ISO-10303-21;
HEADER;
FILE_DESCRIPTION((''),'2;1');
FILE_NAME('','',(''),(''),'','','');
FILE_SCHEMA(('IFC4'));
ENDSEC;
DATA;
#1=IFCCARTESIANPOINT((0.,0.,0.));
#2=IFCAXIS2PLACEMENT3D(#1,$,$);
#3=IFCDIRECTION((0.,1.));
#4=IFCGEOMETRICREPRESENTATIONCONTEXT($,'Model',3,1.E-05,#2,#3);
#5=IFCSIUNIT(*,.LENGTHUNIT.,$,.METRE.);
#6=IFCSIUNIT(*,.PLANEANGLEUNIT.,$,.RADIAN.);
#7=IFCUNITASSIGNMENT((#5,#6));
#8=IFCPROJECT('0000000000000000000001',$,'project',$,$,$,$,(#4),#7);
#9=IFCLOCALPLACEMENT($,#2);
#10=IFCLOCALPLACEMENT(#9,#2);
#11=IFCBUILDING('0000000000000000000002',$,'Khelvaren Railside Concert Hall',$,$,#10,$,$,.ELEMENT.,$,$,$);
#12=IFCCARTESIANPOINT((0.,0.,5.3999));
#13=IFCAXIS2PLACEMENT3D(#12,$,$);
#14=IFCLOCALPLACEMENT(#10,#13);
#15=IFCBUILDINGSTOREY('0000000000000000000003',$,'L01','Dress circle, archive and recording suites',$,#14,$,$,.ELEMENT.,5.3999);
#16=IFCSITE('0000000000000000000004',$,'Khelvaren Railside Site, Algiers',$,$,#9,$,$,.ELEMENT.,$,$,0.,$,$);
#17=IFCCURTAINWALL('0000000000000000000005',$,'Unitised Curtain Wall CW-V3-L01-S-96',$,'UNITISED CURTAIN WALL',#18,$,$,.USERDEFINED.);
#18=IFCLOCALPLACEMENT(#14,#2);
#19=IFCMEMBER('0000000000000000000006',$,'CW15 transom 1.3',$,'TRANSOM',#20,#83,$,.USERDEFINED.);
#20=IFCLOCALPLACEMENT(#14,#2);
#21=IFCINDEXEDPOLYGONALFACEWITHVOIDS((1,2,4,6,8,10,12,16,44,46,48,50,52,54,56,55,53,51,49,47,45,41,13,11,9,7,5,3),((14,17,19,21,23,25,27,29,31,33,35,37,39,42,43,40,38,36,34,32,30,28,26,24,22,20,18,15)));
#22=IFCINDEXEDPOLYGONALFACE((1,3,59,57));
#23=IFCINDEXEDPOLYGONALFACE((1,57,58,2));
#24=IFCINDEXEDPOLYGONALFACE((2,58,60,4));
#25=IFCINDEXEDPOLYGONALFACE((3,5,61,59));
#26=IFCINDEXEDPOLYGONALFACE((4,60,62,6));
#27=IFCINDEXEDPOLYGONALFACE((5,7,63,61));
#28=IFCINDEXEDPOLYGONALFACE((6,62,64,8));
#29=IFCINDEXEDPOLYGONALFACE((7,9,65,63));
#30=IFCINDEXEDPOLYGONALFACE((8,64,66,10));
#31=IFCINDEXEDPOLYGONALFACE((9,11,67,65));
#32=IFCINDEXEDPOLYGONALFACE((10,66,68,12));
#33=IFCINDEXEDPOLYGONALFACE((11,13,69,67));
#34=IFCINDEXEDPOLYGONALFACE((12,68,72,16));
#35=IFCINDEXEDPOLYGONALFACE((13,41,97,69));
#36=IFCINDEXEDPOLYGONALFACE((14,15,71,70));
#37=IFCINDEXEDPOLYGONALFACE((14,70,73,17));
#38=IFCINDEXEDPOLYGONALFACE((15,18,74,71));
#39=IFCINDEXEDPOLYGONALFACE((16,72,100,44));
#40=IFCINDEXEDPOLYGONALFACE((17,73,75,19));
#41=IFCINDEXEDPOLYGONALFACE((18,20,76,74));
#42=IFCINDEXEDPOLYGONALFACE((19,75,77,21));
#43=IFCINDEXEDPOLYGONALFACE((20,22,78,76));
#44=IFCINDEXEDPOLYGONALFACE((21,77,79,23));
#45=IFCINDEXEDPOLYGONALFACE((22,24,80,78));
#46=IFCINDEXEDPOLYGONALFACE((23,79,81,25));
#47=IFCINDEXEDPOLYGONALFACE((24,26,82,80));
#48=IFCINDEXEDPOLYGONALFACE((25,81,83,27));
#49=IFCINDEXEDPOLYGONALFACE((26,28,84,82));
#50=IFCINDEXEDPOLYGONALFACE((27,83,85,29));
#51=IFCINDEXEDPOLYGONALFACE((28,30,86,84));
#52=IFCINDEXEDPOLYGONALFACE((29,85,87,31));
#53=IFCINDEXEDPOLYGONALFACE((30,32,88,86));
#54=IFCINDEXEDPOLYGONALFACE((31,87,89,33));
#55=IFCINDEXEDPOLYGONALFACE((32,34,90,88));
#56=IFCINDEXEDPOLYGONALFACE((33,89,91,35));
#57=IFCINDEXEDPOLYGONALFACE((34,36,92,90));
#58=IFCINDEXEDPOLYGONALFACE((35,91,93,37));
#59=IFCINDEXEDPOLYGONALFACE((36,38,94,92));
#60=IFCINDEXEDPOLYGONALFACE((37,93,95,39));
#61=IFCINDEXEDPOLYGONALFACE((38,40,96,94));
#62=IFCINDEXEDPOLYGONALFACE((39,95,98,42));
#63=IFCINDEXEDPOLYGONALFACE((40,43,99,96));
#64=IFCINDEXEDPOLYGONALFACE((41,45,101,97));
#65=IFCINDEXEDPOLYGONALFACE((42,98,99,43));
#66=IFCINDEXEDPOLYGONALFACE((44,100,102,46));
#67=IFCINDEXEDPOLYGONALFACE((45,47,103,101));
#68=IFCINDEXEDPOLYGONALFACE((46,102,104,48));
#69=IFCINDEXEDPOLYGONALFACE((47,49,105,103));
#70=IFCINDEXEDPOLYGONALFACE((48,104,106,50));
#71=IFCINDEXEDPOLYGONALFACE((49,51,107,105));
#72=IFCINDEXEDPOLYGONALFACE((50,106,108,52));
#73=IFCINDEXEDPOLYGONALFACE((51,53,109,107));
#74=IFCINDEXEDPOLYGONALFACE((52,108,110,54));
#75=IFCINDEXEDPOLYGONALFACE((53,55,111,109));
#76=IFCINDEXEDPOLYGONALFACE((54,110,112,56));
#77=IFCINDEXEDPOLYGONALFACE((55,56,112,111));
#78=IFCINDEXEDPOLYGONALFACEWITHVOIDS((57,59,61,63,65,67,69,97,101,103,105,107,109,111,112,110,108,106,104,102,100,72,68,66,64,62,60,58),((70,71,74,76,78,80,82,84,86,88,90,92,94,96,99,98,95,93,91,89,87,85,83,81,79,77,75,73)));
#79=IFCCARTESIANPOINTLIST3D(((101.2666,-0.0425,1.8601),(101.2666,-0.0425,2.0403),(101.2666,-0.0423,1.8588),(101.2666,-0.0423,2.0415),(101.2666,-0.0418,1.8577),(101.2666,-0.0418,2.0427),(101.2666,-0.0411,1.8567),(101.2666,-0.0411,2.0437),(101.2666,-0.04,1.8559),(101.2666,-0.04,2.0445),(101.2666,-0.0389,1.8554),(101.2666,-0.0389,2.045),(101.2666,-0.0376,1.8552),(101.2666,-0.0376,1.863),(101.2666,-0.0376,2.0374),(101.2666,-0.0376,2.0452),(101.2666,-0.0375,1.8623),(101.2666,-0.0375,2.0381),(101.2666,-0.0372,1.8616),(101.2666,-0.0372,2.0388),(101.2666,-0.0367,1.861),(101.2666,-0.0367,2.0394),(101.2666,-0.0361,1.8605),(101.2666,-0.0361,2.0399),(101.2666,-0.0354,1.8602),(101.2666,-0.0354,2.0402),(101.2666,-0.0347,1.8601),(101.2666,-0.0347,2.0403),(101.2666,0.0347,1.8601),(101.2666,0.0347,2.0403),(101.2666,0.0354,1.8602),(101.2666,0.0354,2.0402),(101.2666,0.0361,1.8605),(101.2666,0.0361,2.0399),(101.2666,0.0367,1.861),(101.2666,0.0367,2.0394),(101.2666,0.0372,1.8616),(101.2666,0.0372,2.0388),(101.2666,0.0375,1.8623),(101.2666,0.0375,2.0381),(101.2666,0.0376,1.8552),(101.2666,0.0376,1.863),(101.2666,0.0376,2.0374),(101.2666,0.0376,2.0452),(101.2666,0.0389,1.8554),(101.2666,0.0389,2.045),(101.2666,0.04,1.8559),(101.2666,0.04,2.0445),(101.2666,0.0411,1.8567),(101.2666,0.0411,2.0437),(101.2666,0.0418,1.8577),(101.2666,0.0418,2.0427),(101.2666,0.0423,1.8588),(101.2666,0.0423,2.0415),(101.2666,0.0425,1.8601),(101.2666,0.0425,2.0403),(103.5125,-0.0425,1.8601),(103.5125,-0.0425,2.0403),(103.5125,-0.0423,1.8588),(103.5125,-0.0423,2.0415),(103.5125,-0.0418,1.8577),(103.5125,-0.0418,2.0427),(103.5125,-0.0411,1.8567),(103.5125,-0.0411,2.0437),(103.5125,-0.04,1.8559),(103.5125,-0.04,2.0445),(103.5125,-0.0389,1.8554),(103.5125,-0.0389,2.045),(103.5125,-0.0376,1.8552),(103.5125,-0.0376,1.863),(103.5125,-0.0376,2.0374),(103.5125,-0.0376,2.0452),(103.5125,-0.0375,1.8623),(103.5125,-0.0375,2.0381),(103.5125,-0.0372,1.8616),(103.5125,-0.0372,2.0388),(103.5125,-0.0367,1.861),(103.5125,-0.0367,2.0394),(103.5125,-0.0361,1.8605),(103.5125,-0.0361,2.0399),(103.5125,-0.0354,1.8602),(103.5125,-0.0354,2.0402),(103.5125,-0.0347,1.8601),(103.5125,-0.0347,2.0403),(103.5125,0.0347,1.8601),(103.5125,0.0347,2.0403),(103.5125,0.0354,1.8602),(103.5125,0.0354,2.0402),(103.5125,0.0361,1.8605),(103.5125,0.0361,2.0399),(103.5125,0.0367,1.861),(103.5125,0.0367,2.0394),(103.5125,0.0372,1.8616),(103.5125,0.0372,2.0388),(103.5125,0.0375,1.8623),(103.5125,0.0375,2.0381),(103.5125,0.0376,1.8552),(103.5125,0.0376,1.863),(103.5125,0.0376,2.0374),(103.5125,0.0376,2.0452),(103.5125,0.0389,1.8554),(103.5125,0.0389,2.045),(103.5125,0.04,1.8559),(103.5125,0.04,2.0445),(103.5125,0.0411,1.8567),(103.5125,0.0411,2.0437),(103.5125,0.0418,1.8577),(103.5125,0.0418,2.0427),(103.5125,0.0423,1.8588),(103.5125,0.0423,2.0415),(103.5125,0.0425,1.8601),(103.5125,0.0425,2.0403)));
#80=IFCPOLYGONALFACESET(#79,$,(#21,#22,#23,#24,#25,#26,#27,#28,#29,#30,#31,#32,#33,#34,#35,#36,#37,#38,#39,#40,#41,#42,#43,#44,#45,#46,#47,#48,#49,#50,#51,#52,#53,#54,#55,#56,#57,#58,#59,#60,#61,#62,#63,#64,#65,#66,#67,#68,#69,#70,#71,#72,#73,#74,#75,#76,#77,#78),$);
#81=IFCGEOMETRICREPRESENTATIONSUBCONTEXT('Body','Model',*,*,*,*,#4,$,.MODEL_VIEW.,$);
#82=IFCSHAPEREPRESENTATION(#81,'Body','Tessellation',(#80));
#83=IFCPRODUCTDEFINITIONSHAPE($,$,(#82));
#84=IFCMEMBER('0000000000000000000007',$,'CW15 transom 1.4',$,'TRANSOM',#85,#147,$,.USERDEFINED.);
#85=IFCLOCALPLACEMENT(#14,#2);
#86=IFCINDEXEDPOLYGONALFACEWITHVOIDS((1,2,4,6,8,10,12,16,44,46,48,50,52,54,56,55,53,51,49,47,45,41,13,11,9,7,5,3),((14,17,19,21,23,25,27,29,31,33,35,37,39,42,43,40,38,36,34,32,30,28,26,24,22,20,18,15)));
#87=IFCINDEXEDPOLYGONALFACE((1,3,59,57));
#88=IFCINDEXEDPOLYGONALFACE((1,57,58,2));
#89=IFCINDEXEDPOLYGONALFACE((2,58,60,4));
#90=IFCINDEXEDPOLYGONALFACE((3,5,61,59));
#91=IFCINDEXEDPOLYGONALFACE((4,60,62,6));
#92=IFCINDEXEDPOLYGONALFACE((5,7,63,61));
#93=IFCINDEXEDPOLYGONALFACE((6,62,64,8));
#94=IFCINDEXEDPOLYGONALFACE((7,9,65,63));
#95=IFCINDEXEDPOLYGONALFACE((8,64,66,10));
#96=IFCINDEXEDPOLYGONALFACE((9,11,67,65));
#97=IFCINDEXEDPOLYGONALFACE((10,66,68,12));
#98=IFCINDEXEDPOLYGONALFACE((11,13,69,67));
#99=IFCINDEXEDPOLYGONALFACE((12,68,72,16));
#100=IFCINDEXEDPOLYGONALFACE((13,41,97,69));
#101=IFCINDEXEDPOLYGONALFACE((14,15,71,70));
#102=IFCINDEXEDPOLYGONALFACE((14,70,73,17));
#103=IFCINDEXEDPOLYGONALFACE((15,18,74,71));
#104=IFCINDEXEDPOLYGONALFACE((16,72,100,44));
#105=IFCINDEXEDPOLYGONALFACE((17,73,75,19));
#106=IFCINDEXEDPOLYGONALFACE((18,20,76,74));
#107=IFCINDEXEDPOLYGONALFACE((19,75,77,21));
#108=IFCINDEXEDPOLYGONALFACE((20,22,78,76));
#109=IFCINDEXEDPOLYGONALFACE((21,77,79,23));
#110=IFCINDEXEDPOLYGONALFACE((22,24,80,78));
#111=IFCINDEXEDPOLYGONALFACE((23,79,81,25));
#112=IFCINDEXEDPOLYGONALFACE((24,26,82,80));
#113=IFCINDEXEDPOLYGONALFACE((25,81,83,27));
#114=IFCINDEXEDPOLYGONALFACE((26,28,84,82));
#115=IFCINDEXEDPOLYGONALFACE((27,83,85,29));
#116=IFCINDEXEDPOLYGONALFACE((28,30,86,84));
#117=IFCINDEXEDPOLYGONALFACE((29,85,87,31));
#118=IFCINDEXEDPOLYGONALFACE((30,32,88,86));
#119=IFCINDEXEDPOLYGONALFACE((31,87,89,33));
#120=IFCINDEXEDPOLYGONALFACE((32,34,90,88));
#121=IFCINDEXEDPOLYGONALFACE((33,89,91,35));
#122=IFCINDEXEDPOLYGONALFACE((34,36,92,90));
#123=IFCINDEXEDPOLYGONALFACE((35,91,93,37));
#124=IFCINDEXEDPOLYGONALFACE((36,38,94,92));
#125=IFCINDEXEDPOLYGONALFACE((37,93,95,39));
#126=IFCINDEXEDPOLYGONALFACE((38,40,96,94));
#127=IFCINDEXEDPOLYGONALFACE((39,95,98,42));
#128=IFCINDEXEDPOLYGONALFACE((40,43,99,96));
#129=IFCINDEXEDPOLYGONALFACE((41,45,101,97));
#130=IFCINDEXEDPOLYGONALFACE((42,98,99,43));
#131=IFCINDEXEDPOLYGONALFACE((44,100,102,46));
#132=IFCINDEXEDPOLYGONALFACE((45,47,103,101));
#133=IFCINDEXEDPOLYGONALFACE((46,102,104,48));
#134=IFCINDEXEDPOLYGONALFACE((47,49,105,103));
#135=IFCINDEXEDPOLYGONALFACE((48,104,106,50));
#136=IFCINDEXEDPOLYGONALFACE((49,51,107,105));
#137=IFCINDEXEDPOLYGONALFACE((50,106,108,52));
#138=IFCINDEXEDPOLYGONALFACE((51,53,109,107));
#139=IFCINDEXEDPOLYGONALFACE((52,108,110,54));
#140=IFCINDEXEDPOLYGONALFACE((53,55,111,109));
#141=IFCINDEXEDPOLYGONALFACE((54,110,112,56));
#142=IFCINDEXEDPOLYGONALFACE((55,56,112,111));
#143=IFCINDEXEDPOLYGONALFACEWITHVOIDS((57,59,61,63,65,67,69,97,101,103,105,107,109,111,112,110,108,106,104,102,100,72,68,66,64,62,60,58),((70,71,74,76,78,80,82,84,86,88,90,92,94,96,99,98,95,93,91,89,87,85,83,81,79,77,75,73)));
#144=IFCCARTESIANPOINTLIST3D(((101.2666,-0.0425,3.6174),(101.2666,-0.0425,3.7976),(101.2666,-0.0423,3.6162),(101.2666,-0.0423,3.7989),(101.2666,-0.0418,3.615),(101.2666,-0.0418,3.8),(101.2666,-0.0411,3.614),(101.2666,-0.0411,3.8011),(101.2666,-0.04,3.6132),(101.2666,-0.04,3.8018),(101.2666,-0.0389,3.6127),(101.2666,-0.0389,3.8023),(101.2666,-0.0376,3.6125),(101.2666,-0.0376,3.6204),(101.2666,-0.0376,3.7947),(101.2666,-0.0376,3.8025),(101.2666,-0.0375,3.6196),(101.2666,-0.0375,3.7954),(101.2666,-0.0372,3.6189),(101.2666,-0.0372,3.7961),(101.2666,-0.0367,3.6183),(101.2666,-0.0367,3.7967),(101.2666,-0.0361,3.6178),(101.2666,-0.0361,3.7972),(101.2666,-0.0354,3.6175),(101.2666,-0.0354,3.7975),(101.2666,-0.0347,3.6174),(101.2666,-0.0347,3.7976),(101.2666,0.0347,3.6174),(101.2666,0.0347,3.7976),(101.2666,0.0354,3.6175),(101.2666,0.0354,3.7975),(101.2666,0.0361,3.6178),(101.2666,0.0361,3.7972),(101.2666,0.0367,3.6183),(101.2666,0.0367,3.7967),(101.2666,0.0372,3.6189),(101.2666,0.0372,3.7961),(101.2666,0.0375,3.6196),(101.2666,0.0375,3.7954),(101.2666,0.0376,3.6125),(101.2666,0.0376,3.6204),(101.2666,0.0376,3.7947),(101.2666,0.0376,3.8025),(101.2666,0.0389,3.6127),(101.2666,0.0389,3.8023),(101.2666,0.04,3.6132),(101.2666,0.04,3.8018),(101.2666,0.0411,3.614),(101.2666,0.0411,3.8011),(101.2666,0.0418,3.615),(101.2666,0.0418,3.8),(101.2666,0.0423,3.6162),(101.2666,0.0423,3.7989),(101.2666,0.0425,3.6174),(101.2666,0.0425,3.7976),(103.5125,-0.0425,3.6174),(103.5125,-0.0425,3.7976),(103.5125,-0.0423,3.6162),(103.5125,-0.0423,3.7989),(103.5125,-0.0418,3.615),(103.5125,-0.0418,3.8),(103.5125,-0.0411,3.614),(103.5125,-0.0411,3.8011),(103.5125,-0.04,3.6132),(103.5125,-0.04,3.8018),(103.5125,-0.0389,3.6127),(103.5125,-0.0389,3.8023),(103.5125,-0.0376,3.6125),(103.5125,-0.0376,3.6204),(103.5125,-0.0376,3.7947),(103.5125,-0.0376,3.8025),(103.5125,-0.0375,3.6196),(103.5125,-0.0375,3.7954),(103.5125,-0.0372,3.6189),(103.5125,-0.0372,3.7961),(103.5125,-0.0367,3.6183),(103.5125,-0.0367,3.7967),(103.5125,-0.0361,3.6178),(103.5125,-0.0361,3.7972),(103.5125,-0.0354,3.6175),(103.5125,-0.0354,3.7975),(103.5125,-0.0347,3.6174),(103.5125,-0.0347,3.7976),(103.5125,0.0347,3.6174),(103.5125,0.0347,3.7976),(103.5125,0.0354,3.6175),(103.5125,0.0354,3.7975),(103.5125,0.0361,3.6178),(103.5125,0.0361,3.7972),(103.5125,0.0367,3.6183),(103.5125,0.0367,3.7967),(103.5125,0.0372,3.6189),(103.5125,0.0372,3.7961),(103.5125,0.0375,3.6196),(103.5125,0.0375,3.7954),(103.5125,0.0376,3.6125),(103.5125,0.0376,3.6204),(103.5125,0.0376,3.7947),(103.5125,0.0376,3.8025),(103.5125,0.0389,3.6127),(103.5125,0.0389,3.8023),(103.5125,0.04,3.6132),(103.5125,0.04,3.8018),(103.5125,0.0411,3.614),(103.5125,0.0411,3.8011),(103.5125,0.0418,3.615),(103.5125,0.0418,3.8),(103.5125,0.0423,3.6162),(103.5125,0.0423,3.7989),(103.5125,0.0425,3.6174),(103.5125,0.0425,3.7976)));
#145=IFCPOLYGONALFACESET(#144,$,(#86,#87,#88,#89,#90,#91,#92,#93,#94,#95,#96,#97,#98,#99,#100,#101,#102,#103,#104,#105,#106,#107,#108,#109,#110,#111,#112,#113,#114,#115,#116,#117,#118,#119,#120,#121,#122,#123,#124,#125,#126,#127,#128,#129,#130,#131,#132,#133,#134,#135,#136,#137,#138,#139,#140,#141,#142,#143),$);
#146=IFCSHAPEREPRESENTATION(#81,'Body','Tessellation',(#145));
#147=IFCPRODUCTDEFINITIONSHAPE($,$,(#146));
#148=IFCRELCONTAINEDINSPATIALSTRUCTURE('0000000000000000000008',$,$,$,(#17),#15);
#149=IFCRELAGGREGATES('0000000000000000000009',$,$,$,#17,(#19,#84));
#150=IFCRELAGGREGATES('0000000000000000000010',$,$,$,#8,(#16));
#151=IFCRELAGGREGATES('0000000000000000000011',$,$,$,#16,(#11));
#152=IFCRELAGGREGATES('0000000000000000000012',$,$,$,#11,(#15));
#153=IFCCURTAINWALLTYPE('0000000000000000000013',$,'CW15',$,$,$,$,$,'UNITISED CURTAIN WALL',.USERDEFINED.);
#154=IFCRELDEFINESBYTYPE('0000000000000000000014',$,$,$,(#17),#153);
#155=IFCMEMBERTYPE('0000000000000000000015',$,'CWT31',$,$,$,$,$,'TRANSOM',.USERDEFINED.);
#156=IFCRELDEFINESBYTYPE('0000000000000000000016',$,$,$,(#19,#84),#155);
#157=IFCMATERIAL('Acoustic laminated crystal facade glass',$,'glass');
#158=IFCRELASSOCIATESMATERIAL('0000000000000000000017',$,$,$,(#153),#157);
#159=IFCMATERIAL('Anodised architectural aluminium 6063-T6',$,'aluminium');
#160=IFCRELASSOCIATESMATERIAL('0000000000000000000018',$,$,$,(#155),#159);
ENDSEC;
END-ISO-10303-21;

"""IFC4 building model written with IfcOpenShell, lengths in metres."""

from ifc_helpers import new_model, si_unit, direction, frame, origin, origin_2d, place, context, subcontext, project, spatial, hollow_rectangle, extrude, material, material_profile, profile_set, type_object, element, aggregate, save


model = new_model("IFC4")

# Units and contexts
model_context = context("Model", 3, precision=1e-05, world=origin(), true_north=direction((0.0, 1.0)))
body_context = subcontext(model_context, "Body", "Model", "MODEL_VIEW")
ifc_project = project(units=[si_unit("LENGTHUNIT", "METRE"), si_unit("PLANEANGLEUNIT", "RADIAN")], contexts=[model_context])

# Site, building, storey
site_placement = place(None, origin())
site = spatial("IfcSite", under=ifc_project, at=site_placement, Name="Khelvaren Railside Site, Algiers", CompositionType="ELEMENT", RefElevation=0.0)
building_placement = place(site_placement, origin())
building = spatial("IfcBuilding", under=site, at=building_placement, Name="Khelvaren Railside Concert Hall", CompositionType="ELEMENT")
storey_placement = place(building_placement, frame((0.0, 0.0, 5.3999)))
storey = spatial("IfcBuildingStorey", under=building, at=storey_placement, Name="L01", Description="Dress circle, archive and recording suites", CompositionType="ELEMENT", Elevation=5.3999)

# Curtain wall
ifc_material_1 = material(Name="Acoustic laminated crystal facade glass", Category="glass")
curtain_wall_type_1 = type_object("IfcCurtainWallType", Name="CW15", ElementType="UNITISED CURTAIN WALL", PredefinedType="USERDEFINED", material=ifc_material_1)
curtain_wall_1_placement = place(storey_placement, origin())
curtain_wall_1 = element("IfcCurtainWall", 1, at=curtain_wall_1_placement, inside=storey, type_object=curtain_wall_type_1, Name="Unitised Curtain Wall CW-V3-L01-S-96", ObjectType="UNITISED CURTAIN WALL", PredefinedType="USERDEFINED")
ifc_material_2 = material(Name="Anodised architectural aluminium 6063-T6", Category="aluminium")

# Members
ifc_material_profile_1 = material_profile(ifc_material_2, hollow_rectangle(XDim=0.085, YDim=0.1899, WallThickness=0.0049, InnerFilletRadius=0.0029, OuterFilletRadius=0.0049, at=origin_2d()), Name="CWT 85x190x5")
ifc_profile_set_1 = profile_set([ifc_material_profile_1], Name="Anodised architectural aluminium 6063-T6")
member_type_1 = type_object("IfcMemberType", Name="CWT31", ElementType="TRANSOM", PredefinedType="USERDEFINED", material=ifc_profile_set_1)
member_1_placement = place(storey_placement, frame((103.5125, 0.0, 1.9502), z_axis=(-1.0, 0.0, 0.0), x_axis=(0.0, -1.0, 0.0)))
member_1 = element("IfcMember", 2, at=member_1_placement, type_object=member_type_1, Name="CW15 transom 1.3", ObjectType="TRANSOM", PredefinedType="USERDEFINED", context=body_context, shape_type="SweptSolid", body=[
    extrude(hollow_rectangle(XDim=0.085, YDim=0.1899, WallThickness=0.0049, InnerFilletRadius=0.0029, OuterFilletRadius=0.0049, at=origin_2d()), origin(), (0.0, 0.0, 1.0), 2.2458),
])
member_2_placement = place(storey_placement, frame((103.5125, 0.0, 3.7075), z_axis=(-1.0, 0.0, 0.0), x_axis=(0.0, -1.0, 0.0)))
member_2 = element("IfcMember", 3, at=member_2_placement, type_object=member_type_1, Name="CW15 transom 1.4", ObjectType="TRANSOM", PredefinedType="USERDEFINED", context=body_context, shape_type="SweptSolid", body=[
    extrude(hollow_rectangle(XDim=0.085, YDim=0.1899, WallThickness=0.0049, InnerFilletRadius=0.0029, OuterFilletRadius=0.0049, at=origin_2d()), origin(), (0.0, 0.0, 1.0), 2.2458),
])

aggregate(curtain_wall_1, [member_1, member_2])

save(model, "model.ifc")
